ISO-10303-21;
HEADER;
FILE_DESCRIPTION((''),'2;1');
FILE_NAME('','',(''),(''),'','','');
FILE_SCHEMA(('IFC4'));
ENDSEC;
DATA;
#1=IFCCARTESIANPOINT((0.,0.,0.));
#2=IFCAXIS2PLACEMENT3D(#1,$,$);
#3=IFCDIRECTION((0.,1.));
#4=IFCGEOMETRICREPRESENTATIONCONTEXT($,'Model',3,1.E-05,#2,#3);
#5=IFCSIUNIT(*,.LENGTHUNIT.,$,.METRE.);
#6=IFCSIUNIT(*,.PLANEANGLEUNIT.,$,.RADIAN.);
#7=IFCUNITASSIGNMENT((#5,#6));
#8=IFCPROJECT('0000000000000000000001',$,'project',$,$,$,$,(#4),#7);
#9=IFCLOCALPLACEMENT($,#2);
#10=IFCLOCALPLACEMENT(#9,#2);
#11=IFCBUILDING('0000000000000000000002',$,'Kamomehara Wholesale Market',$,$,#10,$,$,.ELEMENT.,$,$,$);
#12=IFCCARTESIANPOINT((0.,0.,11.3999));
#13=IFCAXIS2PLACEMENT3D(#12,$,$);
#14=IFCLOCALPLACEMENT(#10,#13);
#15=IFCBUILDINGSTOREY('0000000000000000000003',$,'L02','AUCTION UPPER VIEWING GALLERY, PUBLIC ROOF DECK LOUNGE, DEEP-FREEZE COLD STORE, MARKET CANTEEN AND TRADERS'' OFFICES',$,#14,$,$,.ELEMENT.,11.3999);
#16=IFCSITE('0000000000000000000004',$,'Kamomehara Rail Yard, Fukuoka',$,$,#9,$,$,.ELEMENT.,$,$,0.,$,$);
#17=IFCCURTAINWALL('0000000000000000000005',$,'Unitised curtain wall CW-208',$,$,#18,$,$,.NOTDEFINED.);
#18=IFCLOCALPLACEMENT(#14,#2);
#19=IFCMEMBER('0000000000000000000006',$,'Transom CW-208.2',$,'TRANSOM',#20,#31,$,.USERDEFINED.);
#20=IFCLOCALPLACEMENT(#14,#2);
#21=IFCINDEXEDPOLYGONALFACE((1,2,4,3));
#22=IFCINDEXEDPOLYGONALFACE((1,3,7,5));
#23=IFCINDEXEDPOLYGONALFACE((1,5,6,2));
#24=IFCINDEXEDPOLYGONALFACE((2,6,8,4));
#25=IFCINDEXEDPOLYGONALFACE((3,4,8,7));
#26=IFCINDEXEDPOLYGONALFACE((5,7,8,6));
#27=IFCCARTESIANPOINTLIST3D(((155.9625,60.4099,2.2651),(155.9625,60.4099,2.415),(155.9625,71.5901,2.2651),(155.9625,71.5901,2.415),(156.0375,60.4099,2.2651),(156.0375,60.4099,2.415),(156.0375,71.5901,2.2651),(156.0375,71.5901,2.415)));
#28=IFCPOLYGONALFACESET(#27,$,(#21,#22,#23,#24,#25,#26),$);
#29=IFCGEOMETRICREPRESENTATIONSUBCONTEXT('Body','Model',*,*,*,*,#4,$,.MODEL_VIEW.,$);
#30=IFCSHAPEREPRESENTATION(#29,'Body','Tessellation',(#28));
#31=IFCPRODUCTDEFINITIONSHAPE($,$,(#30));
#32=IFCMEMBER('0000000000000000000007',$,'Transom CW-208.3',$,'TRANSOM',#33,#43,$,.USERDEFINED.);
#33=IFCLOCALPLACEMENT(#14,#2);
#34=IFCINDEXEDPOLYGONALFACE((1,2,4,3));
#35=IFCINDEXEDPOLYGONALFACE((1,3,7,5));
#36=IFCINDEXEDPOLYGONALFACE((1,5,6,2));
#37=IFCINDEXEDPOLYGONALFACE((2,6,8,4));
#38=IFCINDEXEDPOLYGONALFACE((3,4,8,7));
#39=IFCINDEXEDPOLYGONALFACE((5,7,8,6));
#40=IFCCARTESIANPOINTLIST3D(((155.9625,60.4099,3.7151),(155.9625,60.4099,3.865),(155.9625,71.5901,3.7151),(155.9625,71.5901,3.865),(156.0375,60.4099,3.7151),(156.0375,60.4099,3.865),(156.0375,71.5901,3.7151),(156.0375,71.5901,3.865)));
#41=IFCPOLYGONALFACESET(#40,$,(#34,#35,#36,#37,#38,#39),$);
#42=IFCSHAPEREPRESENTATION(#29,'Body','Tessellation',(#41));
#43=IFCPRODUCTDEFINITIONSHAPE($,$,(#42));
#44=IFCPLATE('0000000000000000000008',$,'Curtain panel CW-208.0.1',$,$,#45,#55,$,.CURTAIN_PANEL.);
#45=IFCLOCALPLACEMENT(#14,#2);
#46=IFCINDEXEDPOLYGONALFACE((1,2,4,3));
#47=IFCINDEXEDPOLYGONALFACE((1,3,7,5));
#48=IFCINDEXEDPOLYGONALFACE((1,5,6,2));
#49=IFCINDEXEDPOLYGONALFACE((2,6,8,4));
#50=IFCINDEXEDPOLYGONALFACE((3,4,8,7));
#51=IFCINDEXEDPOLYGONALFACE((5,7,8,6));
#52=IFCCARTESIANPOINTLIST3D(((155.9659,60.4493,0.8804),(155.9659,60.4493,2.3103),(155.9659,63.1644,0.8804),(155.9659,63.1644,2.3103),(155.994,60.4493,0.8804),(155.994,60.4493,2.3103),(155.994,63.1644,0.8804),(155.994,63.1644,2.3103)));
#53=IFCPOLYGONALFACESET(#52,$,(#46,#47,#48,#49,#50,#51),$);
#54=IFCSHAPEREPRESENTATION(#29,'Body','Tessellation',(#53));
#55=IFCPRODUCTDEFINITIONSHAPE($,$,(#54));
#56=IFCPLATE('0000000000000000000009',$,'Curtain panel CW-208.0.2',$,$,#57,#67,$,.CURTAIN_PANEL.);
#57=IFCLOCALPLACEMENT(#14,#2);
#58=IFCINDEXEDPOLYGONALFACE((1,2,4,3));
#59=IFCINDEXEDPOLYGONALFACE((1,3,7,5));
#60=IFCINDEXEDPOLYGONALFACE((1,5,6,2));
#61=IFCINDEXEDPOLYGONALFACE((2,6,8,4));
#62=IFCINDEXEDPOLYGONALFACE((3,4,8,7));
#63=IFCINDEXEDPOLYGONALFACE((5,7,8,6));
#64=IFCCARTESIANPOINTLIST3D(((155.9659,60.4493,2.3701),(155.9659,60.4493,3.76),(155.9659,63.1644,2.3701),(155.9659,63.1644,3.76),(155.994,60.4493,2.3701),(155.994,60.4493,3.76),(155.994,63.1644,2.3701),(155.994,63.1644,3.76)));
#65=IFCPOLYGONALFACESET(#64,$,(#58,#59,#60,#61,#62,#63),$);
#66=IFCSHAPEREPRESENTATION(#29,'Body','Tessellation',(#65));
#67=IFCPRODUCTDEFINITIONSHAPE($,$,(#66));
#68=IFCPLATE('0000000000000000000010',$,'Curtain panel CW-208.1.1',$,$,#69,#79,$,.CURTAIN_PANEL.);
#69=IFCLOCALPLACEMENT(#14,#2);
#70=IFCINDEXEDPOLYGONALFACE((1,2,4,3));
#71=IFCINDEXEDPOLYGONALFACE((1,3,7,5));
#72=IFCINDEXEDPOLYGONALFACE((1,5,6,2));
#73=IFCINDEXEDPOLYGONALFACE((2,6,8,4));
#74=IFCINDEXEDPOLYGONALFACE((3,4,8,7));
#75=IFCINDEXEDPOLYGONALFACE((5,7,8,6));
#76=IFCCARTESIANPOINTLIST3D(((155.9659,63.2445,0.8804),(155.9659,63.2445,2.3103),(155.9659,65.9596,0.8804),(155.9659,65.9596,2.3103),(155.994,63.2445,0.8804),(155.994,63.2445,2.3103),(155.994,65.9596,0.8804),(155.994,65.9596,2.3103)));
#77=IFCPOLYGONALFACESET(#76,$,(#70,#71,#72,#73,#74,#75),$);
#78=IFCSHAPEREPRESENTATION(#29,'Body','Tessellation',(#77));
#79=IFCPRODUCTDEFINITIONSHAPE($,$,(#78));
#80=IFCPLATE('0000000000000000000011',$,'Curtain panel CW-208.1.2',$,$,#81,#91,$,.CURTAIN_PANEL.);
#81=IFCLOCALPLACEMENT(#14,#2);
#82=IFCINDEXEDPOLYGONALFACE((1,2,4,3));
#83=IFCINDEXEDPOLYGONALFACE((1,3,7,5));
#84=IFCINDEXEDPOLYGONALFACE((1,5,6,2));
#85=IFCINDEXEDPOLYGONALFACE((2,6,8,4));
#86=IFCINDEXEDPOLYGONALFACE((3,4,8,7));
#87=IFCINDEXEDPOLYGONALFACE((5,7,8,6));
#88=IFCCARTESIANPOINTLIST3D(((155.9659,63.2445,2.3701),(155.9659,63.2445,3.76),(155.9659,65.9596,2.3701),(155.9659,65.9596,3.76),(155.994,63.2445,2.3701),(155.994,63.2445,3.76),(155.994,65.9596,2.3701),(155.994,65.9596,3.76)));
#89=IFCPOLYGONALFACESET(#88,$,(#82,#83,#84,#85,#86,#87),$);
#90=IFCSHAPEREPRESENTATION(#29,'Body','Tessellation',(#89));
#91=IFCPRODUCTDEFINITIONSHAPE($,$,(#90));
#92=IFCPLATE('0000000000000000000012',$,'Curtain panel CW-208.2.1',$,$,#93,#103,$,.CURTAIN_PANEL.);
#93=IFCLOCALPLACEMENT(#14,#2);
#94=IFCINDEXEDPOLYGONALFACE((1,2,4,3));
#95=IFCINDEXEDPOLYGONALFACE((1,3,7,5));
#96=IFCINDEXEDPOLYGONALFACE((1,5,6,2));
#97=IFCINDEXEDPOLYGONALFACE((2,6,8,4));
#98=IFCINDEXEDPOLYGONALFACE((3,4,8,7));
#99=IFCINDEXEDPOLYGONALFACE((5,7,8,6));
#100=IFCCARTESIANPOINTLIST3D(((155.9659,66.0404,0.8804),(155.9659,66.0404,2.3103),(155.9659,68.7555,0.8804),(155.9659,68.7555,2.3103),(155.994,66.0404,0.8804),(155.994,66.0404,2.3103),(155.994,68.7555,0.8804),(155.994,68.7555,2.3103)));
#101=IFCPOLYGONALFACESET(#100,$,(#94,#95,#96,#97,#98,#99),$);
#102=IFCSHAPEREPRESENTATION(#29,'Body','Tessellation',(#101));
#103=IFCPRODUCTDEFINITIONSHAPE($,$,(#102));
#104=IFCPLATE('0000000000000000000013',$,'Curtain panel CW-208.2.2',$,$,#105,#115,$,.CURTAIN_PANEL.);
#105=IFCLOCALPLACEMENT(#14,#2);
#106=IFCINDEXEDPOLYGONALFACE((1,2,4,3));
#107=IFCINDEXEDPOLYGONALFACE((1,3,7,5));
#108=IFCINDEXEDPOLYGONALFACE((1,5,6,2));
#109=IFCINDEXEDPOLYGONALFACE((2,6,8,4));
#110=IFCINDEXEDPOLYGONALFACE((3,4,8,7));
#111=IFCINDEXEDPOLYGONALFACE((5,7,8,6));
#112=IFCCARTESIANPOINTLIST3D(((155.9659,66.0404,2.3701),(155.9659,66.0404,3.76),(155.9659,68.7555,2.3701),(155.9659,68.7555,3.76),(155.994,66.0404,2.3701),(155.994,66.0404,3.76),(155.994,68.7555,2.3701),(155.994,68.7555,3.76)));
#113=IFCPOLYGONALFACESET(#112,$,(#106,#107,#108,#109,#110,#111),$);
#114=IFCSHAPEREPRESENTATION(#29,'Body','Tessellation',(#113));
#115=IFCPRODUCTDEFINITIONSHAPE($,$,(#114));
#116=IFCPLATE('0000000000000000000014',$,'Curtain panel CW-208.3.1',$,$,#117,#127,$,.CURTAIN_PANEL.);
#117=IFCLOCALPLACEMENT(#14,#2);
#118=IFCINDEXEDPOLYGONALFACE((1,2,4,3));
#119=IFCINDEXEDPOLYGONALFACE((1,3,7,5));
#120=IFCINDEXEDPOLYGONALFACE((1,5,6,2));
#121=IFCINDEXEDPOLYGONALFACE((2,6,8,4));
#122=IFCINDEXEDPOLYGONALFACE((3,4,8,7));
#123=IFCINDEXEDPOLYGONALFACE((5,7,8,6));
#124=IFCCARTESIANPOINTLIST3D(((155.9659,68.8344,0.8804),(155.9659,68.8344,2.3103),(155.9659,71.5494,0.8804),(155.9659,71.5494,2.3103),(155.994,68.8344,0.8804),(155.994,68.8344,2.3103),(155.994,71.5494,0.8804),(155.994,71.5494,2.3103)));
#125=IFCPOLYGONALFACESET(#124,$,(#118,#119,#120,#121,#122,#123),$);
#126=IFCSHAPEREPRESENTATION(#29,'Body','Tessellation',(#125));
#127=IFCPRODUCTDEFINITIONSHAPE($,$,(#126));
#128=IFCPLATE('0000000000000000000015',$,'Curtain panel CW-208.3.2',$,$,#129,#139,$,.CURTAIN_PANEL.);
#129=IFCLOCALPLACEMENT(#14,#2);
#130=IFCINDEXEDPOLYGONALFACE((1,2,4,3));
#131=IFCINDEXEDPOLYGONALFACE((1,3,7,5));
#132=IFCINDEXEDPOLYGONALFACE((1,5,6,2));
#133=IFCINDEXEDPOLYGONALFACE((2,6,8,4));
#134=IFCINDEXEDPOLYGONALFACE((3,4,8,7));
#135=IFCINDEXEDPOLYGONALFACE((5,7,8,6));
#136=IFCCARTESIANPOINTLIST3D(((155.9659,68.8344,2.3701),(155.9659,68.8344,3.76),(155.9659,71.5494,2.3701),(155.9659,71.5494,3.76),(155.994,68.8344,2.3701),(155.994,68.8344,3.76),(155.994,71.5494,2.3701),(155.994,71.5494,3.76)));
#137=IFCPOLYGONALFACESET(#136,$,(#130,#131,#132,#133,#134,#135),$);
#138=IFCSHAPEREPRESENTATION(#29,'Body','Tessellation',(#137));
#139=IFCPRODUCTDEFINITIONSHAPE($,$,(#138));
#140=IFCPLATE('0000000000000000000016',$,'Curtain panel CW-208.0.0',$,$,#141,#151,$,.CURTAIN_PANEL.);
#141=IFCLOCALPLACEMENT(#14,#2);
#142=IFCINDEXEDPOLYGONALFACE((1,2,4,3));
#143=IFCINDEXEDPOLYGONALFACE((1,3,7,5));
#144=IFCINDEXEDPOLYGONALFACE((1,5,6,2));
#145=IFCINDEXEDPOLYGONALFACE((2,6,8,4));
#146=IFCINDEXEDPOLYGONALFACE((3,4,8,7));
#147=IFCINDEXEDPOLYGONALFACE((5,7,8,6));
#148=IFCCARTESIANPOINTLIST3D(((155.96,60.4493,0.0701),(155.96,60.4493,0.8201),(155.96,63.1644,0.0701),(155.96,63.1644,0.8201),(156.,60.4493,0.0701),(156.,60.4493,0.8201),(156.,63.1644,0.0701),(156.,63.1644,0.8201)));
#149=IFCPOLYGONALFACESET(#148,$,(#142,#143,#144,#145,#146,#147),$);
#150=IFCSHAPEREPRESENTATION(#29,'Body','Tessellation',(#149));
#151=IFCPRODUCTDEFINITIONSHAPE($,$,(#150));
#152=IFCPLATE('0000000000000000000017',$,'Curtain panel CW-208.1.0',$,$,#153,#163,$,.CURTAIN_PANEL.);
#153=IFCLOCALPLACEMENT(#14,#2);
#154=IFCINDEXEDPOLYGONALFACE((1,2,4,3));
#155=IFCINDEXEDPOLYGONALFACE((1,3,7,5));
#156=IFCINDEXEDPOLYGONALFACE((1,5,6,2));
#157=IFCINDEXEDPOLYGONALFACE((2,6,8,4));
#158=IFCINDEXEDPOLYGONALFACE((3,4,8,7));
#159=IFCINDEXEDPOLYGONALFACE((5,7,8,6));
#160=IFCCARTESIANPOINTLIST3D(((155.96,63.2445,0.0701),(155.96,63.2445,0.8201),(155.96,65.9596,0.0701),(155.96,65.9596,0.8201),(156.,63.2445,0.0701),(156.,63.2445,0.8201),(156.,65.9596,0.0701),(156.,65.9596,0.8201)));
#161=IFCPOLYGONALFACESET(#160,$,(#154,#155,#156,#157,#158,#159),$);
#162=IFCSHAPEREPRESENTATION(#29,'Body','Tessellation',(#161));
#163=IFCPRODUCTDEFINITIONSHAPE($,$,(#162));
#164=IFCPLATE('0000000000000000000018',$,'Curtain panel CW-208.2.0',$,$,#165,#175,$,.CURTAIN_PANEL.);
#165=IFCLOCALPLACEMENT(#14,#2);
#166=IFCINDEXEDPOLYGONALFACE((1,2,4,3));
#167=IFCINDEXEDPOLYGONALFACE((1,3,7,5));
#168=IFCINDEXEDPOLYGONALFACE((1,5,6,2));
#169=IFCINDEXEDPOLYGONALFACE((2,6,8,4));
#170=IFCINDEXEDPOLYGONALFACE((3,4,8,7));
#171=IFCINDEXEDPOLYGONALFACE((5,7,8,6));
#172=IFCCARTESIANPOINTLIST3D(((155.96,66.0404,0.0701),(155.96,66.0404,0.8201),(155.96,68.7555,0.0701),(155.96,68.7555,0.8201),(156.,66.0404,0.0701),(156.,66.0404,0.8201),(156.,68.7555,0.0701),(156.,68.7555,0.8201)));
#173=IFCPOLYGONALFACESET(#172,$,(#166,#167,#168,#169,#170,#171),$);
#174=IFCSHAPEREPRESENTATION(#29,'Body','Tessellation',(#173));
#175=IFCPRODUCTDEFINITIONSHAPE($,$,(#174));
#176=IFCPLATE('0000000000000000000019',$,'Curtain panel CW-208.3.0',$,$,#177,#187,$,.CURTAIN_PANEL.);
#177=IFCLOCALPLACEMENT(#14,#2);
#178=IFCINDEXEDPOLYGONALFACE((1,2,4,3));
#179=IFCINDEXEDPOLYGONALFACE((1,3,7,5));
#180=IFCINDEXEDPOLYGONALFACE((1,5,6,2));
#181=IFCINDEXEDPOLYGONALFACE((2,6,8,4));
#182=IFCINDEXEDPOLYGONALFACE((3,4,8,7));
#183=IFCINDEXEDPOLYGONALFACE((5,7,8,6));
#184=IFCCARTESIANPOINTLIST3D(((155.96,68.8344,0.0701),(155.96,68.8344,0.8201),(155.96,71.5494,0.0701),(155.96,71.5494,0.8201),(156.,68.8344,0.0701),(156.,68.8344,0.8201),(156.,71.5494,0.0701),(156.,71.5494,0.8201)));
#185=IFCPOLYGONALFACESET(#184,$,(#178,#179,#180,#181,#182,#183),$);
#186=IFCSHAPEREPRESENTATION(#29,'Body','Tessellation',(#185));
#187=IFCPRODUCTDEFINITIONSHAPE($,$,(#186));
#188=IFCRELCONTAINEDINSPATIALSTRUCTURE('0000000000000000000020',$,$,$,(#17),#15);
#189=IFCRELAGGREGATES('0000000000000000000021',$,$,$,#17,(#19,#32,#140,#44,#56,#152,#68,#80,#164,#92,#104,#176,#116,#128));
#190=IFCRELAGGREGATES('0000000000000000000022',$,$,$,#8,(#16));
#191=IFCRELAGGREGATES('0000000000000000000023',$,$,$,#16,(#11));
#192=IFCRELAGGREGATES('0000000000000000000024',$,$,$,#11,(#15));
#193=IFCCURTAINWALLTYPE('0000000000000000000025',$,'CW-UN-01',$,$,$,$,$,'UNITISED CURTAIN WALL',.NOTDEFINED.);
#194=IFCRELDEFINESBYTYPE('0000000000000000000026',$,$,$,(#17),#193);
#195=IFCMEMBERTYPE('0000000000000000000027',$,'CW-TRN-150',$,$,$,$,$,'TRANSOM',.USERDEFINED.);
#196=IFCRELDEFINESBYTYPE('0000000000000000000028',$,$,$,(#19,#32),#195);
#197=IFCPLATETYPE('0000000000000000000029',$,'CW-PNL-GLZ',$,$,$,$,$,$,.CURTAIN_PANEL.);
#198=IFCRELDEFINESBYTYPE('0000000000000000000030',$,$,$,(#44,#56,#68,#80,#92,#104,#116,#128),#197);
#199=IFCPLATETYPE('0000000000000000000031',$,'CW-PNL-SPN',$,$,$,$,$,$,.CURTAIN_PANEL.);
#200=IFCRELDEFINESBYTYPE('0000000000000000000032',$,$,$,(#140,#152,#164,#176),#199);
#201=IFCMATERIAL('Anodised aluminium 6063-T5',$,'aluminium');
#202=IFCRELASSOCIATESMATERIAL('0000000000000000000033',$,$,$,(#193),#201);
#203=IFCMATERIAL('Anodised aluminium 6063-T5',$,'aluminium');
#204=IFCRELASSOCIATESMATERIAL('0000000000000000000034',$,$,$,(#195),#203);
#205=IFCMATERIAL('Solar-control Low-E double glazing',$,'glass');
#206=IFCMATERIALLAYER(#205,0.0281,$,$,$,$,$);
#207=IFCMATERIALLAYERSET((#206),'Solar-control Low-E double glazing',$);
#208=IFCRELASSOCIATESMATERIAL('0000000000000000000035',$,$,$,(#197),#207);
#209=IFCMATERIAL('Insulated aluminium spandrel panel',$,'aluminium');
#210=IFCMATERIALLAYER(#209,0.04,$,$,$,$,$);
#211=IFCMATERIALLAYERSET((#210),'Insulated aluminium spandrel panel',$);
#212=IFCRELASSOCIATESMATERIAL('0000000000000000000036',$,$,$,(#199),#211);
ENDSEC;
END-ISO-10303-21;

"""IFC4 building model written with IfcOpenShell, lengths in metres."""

from ifc_helpers import new_model, si_unit, direction, frame, origin, origin_2d, place, context, subcontext, project, spatial, rectangle, extrude, material, layer, layer_set, material_profile, profile_set, type_object, element, aggregate, save


model = new_model("IFC4")

# Units and contexts
model_context = context("Model", 3, precision=1e-05, world=origin(), true_north=direction((0.0, 1.0)))
body_context = subcontext(model_context, "Body", "Model", "MODEL_VIEW")
ifc_project = project(units=[si_unit("LENGTHUNIT", "METRE"), si_unit("PLANEANGLEUNIT", "RADIAN")], contexts=[model_context])

# Site, building, storey
site_placement = place(None, origin())
site = spatial("IfcSite", under=ifc_project, at=site_placement, Name="Kamomehara Rail Yard, Fukuoka", CompositionType="ELEMENT", RefElevation=0.0)
building_placement = place(site_placement, origin())
building = spatial("IfcBuilding", under=site, at=building_placement, Name="Kamomehara Wholesale Market", CompositionType="ELEMENT")
storey_placement = place(building_placement, frame((0.0, 0.0, 11.3999)))
storey = spatial("IfcBuildingStorey", under=building, at=storey_placement, Name="L02", Description="AUCTION UPPER VIEWING GALLERY, PUBLIC ROOF DECK LOUNGE, DEEP-FREEZE COLD STORE, MARKET CANTEEN AND TRADERS' OFFICES", CompositionType="ELEMENT", Elevation=11.3999)

# Curtain wall, members, plates
ifc_material_1 = material(Name="Anodised aluminium 6063-T5", Category="aluminium")
curtain_wall_type = type_object("IfcCurtainWallType", Name="CW-UN-01", ElementType="UNITISED CURTAIN WALL", PredefinedType="NOTDEFINED", material=ifc_material_1)
curtain_wall_placement = place(storey_placement, origin())
curtain_wall = element("IfcCurtainWall", 1, at=curtain_wall_placement, inside=storey, type_object=curtain_wall_type, Name="Unitised curtain wall CW-208", PredefinedType="NOTDEFINED")
ifc_material_2 = material(Name="Anodised aluminium 6063-T5", Category="aluminium")
ifc_material_profile_1 = material_profile(ifc_material_2, rectangle(XDim=0.075, YDim=0.1499, at=origin_2d()), Name="ALU-TRN-75x150")
ifc_profile_set_1 = profile_set([ifc_material_profile_1], Name="Anodised aluminium 6063-T5")
member_type_1 = type_object("IfcMemberType", Name="CW-TRN-150", ElementType="TRANSOM", PredefinedType="USERDEFINED", material=ifc_profile_set_1)
member_1_placement = place(storey_placement, frame((156.0, 60.4099, 2.3401), z_axis=(0.0, 1.0, 0.0), x_axis=(-1.0, 0.0, 0.0)))
member_1 = element("IfcMember", 2, at=member_1_placement, type_object=member_type_1, Name="Transom CW-208.2", ObjectType="TRANSOM", PredefinedType="USERDEFINED", context=body_context, shape_type="SweptSolid", body=[
    extrude(rectangle(XDim=0.075, YDim=0.1499, at=origin_2d()), origin(), (0.0, 0.0, 1.0), 11.1802),
])
member_2_placement = place(storey_placement, frame((156.0, 60.4099, 3.79), z_axis=(0.0, 1.0, 0.0), x_axis=(-1.0, 0.0, 0.0)))
member_2 = element("IfcMember", 3, at=member_2_placement, type_object=member_type_1, Name="Transom CW-208.3", ObjectType="TRANSOM", PredefinedType="USERDEFINED", context=body_context, shape_type="SweptSolid", body=[
    extrude(rectangle(XDim=0.075, YDim=0.1499, at=origin_2d()), origin(), (0.0, 0.0, 1.0), 11.1802),
])
ifc_material_3 = material(Name="Solar-control Low-E double glazing", Category="glass")
ifc_layer_1 = layer(ifc_material_3, 0.0281)
ifc_layer_set_1 = layer_set([ifc_layer_1], Name="Solar-control Low-E double glazing")
plate_type_1 = type_object("IfcPlateType", Name="CW-PNL-GLZ", PredefinedType="CURTAIN_PANEL", material=ifc_layer_set_1)
plate_1_placement = place(storey_placement, frame((155.98, 61.8069, 0.8804), z_axis=(0.0, 0.0, 1.0), x_axis=(0.0, 1.0, 0.0)))
plate_1 = element("IfcPlate", 4, at=plate_1_placement, type_object=plate_type_1, Name="Curtain panel CW-208.0.1", PredefinedType="CURTAIN_PANEL", context=body_context, shape_type="SweptSolid", body=[
    extrude(rectangle(XDim=2.7151, YDim=0.0281, at=origin_2d()), origin(), (0.0, 0.0, 1.0), 1.4299),
])
plate_2_placement = place(storey_placement, frame((155.98, 61.8069, 2.3701), z_axis=(0.0, 0.0, 1.0), x_axis=(0.0, 1.0, 0.0)))
plate_2 = element("IfcPlate", 5, at=plate_2_placement, type_object=plate_type_1, Name="Curtain panel CW-208.0.2", PredefinedType="CURTAIN_PANEL", context=body_context, shape_type="SweptSolid", body=[
    extrude(rectangle(XDim=2.7151, YDim=0.0281, at=origin_2d()), origin(), (0.0, 0.0, 1.0), 1.3899),
])
plate_3_placement = place(storey_placement, frame((155.98, 64.6021, 0.8804), z_axis=(0.0, 0.0, 1.0), x_axis=(0.0, 1.0, 0.0)))
plate_3 = element("IfcPlate", 6, at=plate_3_placement, type_object=plate_type_1, Name="Curtain panel CW-208.1.1", PredefinedType="CURTAIN_PANEL", context=body_context, shape_type="SweptSolid", body=[
    extrude(rectangle(XDim=2.7151, YDim=0.0281, at=origin_2d()), origin(), (0.0, 0.0, 1.0), 1.4299),
])
plate_4_placement = place(storey_placement, frame((155.98, 64.6021, 2.3701), z_axis=(0.0, 0.0, 1.0), x_axis=(0.0, 1.0, 0.0)))
plate_4 = element("IfcPlate", 7, at=plate_4_placement, type_object=plate_type_1, Name="Curtain panel CW-208.1.2", PredefinedType="CURTAIN_PANEL", context=body_context, shape_type="SweptSolid", body=[
    extrude(rectangle(XDim=2.7151, YDim=0.0281, at=origin_2d()), origin(), (0.0, 0.0, 1.0), 1.3899),
])
plate_5_placement = place(storey_placement, frame((155.98, 67.3979, 0.8804), z_axis=(0.0, 0.0, 1.0), x_axis=(0.0, 1.0, 0.0)))
plate_5 = element("IfcPlate", 8, at=plate_5_placement, type_object=plate_type_1, Name="Curtain panel CW-208.2.1", PredefinedType="CURTAIN_PANEL", context=body_context, shape_type="SweptSolid", body=[
    extrude(rectangle(XDim=2.7151, YDim=0.0281, at=origin_2d()), origin(), (0.0, 0.0, 1.0), 1.4299),
])
plate_6_placement = place(storey_placement, frame((155.98, 67.3979, 2.3701), z_axis=(0.0, 0.0, 1.0), x_axis=(0.0, 1.0, 0.0)))
plate_6 = element("IfcPlate", 9, at=plate_6_placement, type_object=plate_type_1, Name="Curtain panel CW-208.2.2", PredefinedType="CURTAIN_PANEL", context=body_context, shape_type="SweptSolid", body=[
    extrude(rectangle(XDim=2.7151, YDim=0.0281, at=origin_2d()), origin(), (0.0, 0.0, 1.0), 1.3899),
])
plate_7_placement = place(storey_placement, frame((155.98, 70.1919, 0.8804), z_axis=(0.0, 0.0, 1.0), x_axis=(0.0, 1.0, 0.0)))
plate_7 = element("IfcPlate", 10, at=plate_7_placement, type_object=plate_type_1, Name="Curtain panel CW-208.3.1", PredefinedType="CURTAIN_PANEL", context=body_context, shape_type="SweptSolid", body=[
    extrude(rectangle(XDim=2.7151, YDim=0.0281, at=origin_2d()), origin(), (0.0, 0.0, 1.0), 1.4299),
])
plate_8_placement = place(storey_placement, frame((155.98, 70.1919, 2.3701), z_axis=(0.0, 0.0, 1.0), x_axis=(0.0, 1.0, 0.0)))
plate_8 = element("IfcPlate", 11, at=plate_8_placement, type_object=plate_type_1, Name="Curtain panel CW-208.3.2", PredefinedType="CURTAIN_PANEL", context=body_context, shape_type="SweptSolid", body=[
    extrude(rectangle(XDim=2.7151, YDim=0.0281, at=origin_2d()), origin(), (0.0, 0.0, 1.0), 1.3899),
])
ifc_material_4 = material(Name="Insulated aluminium spandrel panel", Category="aluminium")
ifc_layer_2 = layer(ifc_material_4, 0.04)
ifc_layer_set_2 = layer_set([ifc_layer_2], Name="Insulated aluminium spandrel panel")
plate_type_2 = type_object("IfcPlateType", Name="CW-PNL-SPN", PredefinedType="CURTAIN_PANEL", material=ifc_layer_set_2)
plate_9_placement = place(storey_placement, frame((155.98, 61.8069, 0.0701), z_axis=(0.0, 0.0, 1.0), x_axis=(0.0, 1.0, 0.0)))
plate_9 = element("IfcPlate", 12, at=plate_9_placement, type_object=plate_type_2, Name="Curtain panel CW-208.0.0", PredefinedType="CURTAIN_PANEL", context=body_context, shape_type="SweptSolid", body=[
    extrude(rectangle(XDim=2.7151, YDim=0.04, at=origin_2d()), origin(), (0.0, 0.0, 1.0), 0.75),
])
plate_10_placement = place(storey_placement, frame((155.98, 64.6021, 0.0701), z_axis=(0.0, 0.0, 1.0), x_axis=(0.0, 1.0, 0.0)))
plate_10 = element("IfcPlate", 13, at=plate_10_placement, type_object=plate_type_2, Name="Curtain panel CW-208.1.0", PredefinedType="CURTAIN_PANEL", context=body_context, shape_type="SweptSolid", body=[
    extrude(rectangle(XDim=2.7151, YDim=0.04, at=origin_2d()), origin(), (0.0, 0.0, 1.0), 0.75),
])
plate_11_placement = place(storey_placement, frame((155.98, 67.3979, 0.0701), z_axis=(0.0, 0.0, 1.0), x_axis=(0.0, 1.0, 0.0)))
plate_11 = element("IfcPlate", 14, at=plate_11_placement, type_object=plate_type_2, Name="Curtain panel CW-208.2.0", PredefinedType="CURTAIN_PANEL", context=body_context, shape_type="SweptSolid", body=[
    extrude(rectangle(XDim=2.7151, YDim=0.04, at=origin_2d()), origin(), (0.0, 0.0, 1.0), 0.75),
])
plate_12_placement = place(storey_placement, frame((155.98, 70.1919, 0.0701), z_axis=(0.0, 0.0, 1.0), x_axis=(0.0, 1.0, 0.0)))
plate_12 = element("IfcPlate", 15, at=plate_12_placement, type_object=plate_type_2, Name="Curtain panel CW-208.3.0", PredefinedType="CURTAIN_PANEL", context=body_context, shape_type="SweptSolid", body=[
    extrude(rectangle(XDim=2.7151, YDim=0.04, at=origin_2d()), origin(), (0.0, 0.0, 1.0), 0.75),
])
aggregate(curtain_wall, [member_1, member_2, plate_9, plate_1, plate_2, plate_10, plate_3, plate_4, plate_11, plate_5, plate_6, plate_12, plate_7, plate_8])

save(model, "model.ifc")
